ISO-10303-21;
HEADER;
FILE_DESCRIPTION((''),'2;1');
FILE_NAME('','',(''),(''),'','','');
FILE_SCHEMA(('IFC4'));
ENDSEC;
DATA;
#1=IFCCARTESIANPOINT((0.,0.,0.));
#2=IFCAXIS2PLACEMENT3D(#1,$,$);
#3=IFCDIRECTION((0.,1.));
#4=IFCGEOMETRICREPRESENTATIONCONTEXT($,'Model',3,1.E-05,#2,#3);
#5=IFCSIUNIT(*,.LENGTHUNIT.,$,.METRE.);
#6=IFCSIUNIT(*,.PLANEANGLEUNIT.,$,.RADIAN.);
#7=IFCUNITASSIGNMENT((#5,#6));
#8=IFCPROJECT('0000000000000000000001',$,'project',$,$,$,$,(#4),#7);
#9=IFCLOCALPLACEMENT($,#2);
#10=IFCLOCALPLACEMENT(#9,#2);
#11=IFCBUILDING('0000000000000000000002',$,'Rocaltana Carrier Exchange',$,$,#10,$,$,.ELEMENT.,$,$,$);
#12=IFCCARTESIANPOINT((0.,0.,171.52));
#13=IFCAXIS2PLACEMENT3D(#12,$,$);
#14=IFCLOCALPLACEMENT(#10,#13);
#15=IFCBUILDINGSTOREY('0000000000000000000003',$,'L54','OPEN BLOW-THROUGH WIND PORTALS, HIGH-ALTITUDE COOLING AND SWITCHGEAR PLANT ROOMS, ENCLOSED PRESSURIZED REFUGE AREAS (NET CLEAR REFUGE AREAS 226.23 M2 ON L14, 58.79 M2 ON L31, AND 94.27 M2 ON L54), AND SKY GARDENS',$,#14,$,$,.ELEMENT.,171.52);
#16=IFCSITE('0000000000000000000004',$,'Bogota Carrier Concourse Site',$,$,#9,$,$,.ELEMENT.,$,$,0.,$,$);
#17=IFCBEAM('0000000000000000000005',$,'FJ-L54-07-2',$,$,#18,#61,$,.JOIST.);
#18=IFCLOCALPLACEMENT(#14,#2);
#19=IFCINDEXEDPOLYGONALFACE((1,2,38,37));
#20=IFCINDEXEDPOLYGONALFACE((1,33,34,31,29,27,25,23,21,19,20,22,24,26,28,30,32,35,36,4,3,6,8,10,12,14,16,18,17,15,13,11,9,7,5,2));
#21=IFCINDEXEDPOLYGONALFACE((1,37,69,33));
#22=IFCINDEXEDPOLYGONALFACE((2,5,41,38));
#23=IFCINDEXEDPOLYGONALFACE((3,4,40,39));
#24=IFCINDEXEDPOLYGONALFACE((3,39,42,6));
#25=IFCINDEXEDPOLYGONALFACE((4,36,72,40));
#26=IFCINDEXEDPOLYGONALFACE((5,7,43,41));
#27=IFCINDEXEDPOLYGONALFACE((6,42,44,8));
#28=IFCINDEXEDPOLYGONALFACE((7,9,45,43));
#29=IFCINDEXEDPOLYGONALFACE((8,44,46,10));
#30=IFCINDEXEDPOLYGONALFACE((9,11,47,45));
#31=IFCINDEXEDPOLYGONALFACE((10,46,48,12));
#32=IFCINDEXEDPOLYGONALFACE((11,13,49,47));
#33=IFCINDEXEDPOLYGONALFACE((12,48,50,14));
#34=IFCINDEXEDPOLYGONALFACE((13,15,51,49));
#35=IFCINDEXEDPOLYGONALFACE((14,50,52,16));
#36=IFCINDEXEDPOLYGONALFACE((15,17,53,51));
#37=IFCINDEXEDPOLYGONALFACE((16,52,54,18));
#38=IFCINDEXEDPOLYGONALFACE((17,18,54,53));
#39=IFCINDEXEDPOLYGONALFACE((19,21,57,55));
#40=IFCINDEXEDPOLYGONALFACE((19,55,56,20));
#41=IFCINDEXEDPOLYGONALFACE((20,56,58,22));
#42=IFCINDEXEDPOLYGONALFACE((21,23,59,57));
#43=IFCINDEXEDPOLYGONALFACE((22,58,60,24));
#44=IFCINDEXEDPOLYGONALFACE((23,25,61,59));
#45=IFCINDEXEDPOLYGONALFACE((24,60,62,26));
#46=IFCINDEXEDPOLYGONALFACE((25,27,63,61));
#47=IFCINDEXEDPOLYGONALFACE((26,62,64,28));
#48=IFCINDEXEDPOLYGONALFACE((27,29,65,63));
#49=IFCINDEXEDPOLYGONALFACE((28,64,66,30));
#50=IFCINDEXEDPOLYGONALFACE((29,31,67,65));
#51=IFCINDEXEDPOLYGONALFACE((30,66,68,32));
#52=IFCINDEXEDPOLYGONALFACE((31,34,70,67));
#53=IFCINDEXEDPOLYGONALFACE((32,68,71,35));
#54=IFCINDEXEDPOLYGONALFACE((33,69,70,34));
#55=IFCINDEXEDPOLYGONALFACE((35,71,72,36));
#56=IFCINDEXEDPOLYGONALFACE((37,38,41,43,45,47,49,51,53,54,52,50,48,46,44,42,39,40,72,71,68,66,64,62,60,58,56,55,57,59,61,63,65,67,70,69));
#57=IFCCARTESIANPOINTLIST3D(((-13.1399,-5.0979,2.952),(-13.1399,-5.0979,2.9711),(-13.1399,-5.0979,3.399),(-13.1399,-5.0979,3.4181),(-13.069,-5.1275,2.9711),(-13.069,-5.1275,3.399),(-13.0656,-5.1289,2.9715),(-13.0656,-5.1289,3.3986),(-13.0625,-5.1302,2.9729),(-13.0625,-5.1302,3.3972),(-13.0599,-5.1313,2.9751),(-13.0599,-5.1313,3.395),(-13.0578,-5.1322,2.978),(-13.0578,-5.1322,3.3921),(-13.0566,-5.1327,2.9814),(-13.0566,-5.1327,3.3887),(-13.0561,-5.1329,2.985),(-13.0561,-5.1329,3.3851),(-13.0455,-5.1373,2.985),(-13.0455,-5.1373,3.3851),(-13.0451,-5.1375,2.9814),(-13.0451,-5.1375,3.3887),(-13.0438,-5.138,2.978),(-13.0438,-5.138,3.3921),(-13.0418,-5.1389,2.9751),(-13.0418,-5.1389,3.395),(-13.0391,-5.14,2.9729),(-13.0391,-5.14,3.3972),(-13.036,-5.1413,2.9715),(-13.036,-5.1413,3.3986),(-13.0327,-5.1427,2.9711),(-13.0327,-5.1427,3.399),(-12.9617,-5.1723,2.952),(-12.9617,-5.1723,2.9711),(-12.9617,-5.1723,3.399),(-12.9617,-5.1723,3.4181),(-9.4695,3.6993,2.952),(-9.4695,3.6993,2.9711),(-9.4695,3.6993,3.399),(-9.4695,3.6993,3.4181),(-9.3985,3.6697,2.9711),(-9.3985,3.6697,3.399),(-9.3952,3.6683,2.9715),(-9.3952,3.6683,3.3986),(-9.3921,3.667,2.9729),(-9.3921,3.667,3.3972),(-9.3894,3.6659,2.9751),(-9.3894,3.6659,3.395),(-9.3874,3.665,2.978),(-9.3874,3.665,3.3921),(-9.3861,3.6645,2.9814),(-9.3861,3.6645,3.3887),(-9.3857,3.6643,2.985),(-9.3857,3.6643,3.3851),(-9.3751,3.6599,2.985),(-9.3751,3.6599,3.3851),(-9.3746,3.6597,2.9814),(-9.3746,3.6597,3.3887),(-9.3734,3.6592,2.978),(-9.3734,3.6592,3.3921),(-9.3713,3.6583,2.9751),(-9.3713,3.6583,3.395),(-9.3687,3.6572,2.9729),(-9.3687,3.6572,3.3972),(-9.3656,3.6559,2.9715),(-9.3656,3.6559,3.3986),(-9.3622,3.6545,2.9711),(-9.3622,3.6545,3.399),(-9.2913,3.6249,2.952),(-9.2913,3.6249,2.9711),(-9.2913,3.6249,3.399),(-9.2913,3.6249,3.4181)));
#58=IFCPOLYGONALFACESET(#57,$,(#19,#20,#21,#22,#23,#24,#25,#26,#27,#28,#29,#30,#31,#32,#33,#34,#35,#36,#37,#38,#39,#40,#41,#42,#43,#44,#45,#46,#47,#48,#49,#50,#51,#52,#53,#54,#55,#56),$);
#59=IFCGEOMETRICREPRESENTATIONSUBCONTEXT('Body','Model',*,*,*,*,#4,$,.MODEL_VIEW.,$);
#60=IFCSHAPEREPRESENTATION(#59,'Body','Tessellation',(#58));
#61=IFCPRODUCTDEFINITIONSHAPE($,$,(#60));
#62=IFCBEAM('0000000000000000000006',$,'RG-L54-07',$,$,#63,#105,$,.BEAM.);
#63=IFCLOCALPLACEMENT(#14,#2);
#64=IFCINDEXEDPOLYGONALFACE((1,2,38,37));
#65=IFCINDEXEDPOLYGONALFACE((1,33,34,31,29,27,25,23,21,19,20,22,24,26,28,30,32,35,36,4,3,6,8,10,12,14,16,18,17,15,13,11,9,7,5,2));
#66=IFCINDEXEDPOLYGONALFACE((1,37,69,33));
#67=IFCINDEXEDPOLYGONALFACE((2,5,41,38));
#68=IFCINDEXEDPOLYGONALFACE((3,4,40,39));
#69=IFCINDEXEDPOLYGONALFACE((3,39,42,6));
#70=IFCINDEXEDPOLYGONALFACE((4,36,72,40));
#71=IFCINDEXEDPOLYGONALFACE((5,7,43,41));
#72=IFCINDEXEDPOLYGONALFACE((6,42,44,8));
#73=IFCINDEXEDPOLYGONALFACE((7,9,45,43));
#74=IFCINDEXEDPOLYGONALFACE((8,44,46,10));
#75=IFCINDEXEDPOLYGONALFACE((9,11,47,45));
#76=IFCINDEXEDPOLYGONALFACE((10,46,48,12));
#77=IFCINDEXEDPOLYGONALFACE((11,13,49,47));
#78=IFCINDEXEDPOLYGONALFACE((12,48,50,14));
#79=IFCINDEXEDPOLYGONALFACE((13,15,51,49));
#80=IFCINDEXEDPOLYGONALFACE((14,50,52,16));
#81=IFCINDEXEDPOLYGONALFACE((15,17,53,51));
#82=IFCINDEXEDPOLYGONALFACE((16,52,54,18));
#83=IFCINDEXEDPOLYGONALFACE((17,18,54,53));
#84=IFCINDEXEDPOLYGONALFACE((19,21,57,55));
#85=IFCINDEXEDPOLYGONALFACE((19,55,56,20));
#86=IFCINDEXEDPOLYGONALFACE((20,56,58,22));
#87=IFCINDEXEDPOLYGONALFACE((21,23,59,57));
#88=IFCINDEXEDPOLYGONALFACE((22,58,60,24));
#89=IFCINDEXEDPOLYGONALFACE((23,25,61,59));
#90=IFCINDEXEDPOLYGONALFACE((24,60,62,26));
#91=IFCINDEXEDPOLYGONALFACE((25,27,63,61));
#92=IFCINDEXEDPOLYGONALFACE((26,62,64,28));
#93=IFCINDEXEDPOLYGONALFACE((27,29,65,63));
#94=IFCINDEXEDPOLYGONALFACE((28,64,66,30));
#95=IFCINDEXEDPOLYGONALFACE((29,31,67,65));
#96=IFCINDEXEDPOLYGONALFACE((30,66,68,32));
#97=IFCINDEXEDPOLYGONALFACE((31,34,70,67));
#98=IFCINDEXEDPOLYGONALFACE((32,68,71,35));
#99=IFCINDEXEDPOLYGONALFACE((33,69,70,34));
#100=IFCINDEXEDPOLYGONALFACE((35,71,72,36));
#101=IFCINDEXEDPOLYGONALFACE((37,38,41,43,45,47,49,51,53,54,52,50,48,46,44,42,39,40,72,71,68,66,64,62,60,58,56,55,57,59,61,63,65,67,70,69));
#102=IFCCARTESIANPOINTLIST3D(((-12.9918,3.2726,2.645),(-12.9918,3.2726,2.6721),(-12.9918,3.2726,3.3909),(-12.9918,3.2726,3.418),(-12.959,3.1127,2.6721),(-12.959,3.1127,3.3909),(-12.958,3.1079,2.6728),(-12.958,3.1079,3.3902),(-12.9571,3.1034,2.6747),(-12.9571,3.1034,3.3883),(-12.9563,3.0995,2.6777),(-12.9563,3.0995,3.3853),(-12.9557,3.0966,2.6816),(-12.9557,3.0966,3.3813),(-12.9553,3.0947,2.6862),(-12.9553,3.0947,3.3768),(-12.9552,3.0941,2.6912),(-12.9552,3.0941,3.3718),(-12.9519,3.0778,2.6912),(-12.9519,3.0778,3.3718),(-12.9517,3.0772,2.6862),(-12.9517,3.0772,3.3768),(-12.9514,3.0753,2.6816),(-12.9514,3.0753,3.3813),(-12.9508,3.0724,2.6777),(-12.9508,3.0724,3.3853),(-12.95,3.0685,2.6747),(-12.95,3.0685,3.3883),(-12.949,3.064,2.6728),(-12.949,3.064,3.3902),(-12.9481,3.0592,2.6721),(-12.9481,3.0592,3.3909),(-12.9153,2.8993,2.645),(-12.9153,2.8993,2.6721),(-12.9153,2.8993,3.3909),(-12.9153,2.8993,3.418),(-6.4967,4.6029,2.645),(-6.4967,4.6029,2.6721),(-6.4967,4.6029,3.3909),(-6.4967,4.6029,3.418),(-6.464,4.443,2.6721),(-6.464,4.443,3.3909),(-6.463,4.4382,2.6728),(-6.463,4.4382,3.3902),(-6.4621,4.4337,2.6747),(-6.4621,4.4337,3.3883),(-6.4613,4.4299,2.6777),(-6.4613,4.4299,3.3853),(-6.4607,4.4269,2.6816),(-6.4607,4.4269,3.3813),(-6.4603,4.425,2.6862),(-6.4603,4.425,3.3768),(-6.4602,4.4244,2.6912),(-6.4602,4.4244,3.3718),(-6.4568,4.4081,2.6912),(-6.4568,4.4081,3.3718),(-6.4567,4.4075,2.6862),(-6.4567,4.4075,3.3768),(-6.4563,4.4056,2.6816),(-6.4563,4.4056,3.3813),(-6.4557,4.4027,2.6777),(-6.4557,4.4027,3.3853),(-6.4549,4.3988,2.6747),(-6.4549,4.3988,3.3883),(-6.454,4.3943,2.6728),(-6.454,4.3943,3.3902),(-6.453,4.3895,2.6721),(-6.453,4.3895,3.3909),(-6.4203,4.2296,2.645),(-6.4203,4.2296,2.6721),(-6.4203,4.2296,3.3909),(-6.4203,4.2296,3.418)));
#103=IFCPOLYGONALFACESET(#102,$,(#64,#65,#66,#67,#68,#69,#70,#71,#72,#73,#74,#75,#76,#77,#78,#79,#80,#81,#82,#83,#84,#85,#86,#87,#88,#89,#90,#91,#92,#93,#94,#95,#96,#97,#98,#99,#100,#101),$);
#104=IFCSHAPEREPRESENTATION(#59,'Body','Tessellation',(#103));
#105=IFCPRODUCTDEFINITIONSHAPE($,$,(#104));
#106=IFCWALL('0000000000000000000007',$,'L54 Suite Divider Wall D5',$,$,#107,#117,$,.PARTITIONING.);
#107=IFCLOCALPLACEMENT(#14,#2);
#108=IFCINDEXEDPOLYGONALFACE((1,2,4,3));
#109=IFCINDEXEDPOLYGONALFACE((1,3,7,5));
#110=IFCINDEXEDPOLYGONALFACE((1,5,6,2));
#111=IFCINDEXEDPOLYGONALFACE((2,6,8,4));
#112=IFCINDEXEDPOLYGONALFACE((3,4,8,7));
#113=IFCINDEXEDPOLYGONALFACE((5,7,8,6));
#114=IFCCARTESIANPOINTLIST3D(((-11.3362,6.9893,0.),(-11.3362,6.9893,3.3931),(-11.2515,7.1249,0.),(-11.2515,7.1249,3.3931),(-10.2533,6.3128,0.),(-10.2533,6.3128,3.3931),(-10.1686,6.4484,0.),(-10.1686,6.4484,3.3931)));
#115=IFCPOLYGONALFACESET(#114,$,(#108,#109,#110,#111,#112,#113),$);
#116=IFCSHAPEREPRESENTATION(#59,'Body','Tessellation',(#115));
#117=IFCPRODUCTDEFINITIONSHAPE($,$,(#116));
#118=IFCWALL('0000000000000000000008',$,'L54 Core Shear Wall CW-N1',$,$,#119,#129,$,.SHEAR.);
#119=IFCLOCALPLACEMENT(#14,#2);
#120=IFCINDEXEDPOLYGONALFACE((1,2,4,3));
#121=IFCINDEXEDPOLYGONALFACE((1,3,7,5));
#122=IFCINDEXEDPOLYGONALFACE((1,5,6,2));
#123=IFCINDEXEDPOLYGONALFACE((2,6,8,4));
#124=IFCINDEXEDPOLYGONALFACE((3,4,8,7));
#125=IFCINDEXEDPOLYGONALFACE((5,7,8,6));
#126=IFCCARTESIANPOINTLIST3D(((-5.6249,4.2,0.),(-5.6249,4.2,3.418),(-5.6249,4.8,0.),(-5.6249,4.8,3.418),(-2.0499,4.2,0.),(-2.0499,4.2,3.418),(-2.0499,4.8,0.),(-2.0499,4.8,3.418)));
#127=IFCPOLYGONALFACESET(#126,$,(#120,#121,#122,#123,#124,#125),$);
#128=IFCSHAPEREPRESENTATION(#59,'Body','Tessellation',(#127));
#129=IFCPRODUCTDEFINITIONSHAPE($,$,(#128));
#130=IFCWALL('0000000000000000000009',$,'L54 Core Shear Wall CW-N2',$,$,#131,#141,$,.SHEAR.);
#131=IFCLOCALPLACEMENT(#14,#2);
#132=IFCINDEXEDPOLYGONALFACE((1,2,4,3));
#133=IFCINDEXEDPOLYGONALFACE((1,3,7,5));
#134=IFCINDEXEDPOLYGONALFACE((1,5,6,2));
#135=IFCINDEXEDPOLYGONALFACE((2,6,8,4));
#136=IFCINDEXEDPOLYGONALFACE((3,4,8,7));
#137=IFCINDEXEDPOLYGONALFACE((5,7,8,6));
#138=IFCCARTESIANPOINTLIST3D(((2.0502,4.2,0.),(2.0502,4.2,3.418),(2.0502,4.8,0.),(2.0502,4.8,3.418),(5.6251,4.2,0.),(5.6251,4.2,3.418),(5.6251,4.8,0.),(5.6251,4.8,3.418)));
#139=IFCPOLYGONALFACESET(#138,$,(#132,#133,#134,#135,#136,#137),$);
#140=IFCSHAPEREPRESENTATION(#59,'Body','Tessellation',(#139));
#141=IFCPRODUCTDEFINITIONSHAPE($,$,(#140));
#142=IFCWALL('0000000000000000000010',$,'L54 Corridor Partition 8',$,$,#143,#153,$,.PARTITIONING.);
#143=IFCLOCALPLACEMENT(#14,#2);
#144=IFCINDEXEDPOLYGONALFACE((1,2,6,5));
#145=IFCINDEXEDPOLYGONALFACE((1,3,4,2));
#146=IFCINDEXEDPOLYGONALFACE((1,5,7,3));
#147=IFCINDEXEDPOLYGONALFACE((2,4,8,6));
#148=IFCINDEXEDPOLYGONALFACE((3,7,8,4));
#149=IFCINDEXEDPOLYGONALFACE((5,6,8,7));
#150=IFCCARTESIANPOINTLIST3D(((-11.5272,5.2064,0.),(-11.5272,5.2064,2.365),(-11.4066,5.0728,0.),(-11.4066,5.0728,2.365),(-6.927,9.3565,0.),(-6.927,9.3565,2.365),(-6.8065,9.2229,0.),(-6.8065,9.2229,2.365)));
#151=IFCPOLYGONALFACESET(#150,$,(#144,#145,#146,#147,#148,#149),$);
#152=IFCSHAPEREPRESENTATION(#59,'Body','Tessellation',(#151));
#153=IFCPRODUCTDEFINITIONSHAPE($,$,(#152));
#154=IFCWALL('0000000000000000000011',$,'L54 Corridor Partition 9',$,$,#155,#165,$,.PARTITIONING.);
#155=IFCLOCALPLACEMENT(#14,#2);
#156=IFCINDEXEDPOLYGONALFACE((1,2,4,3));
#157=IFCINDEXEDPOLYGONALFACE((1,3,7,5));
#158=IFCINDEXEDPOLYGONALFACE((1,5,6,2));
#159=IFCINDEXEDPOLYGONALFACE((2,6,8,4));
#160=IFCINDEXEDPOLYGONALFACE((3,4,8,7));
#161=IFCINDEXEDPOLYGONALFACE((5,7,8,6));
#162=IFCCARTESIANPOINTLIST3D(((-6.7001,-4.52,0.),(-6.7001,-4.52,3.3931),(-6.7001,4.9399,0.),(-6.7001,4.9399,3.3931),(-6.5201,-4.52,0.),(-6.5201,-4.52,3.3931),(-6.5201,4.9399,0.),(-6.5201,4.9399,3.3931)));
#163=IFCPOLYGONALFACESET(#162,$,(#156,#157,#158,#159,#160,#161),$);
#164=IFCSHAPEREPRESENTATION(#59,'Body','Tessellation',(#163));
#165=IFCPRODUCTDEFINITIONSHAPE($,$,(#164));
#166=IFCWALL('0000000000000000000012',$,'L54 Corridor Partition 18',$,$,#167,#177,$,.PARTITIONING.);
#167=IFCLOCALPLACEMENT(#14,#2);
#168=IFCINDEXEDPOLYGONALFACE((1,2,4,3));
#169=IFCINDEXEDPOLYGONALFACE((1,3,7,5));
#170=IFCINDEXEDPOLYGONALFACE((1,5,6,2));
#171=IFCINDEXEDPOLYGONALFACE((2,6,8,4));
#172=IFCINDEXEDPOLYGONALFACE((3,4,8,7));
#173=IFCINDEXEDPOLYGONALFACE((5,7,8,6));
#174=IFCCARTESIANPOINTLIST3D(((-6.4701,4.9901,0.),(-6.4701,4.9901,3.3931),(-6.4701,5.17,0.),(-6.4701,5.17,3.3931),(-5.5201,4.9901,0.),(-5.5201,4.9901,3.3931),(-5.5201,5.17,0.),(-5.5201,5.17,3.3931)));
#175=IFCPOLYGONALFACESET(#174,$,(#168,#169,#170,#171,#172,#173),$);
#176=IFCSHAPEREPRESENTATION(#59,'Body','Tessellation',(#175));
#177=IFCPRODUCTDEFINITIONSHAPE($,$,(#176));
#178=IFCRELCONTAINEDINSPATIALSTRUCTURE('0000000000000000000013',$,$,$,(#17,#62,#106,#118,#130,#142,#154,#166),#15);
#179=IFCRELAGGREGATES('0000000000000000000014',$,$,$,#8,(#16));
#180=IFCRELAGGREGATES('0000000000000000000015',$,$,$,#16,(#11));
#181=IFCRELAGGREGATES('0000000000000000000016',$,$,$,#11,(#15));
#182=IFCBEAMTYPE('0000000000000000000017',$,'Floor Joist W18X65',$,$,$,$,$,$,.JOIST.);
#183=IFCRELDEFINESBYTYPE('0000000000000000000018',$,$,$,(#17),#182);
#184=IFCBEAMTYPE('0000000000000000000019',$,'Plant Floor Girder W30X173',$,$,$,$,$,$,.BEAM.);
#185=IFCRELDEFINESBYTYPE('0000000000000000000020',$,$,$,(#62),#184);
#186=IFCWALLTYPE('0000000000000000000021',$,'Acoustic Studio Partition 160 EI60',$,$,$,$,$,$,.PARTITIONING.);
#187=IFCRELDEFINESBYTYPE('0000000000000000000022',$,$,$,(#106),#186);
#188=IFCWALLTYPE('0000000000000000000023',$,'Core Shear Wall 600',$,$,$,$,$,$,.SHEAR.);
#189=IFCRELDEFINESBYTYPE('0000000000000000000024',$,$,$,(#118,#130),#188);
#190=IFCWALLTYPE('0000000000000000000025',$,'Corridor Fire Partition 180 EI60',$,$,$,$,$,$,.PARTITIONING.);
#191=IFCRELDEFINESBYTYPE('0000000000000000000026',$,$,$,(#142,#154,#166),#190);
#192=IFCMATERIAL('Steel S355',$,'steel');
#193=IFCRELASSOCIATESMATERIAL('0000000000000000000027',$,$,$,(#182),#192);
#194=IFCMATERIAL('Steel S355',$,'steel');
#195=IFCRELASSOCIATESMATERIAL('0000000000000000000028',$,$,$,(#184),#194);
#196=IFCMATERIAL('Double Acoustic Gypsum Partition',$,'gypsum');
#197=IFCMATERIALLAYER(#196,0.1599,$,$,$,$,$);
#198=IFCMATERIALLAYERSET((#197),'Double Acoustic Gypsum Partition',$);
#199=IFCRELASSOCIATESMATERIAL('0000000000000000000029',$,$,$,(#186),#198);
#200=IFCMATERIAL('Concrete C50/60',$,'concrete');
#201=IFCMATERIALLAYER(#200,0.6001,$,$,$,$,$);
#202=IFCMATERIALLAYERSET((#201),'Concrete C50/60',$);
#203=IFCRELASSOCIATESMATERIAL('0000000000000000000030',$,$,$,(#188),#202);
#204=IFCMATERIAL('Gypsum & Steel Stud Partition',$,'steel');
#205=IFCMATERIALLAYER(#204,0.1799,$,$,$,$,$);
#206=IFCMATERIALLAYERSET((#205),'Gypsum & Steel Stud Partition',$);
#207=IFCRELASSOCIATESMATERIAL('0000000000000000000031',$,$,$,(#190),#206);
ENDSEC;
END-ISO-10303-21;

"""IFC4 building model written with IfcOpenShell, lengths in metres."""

from ifc_helpers import new_model, si_unit, direction, frame, frame_2d, origin, origin_2d, place, context, subcontext, project, spatial, rectangle, i_section, extrude, material, layer, layer_set, material_profile, profile_set, type_object, element, save


model = new_model("IFC4")

# Units and contexts
model_context = context("Model", 3, precision=1e-05, world=origin(), true_north=direction((0.0, 1.0)))
body_context = subcontext(model_context, "Body", "Model", "MODEL_VIEW")
ifc_project = project(units=[si_unit("LENGTHUNIT", "METRE"), si_unit("PLANEANGLEUNIT", "RADIAN")], contexts=[model_context])

# Site, building, storey
site_placement = place(None, origin())
site = spatial("IfcSite", under=ifc_project, at=site_placement, Name="Bogota Carrier Concourse Site", CompositionType="ELEMENT", RefElevation=0.0)
building_placement = place(site_placement, origin())
building = spatial("IfcBuilding", under=site, at=building_placement, Name="Rocaltana Carrier Exchange", CompositionType="ELEMENT")
storey_placement = place(building_placement, frame((0.0, 0.0, 171.52)))
storey = spatial("IfcBuildingStorey", under=building, at=storey_placement, Name="L54", Description="OPEN BLOW-THROUGH WIND PORTALS, HIGH-ALTITUDE COOLING AND SWITCHGEAR PLANT ROOMS, ENCLOSED PRESSURIZED REFUGE AREAS (NET CLEAR REFUGE AREAS 226.23 M2 ON L14, 58.79 M2 ON L31, AND 94.27 M2 ON L54), AND SKY GARDENS", CompositionType="ELEMENT", Elevation=171.52)

# Beams
ifc_material_1 = material(Name="Steel S355", Category="steel")
ifc_material_profile_1 = material_profile(ifc_material_1, i_section(OverallWidth=0.1931, OverallDepth=0.4661, WebThickness=0.0115, FlangeThickness=0.019, FilletRadius=0.0139, at=origin_2d()), Name="W18X65")
ifc_profile_set_1 = profile_set([ifc_material_profile_1], Name="Steel S355")
beam_type_1 = type_object("IfcBeamType", Name="Floor Joist W18X65", PredefinedType="JOIST", material=ifc_profile_set_1)
beam_1_placement = place(storey_placement, frame((-9.3804, 3.6621, 3.1851), z_axis=(-0.385057, -0.922893, 0.0), x_axis=(0.922893, -0.385057, 0.0)))
element("IfcBeam", 1, at=beam_1_placement, inside=storey, type_object=beam_type_1, Name="FJ-L54-07-2", PredefinedType="JOIST", context=body_context, shape_type="SweptSolid", body=[
    extrude(i_section(OverallWidth=0.1931, OverallDepth=0.4661, WebThickness=0.0115, FlangeThickness=0.019, FilletRadius=0.0139, at=origin_2d()), origin(), (0.0, 0.0, 1.0), 9.5322),
])
ifc_material_2 = material(Name="Steel S355", Category="steel")
ifc_material_profile_2 = material_profile(ifc_material_2, i_section(OverallWidth=0.3811, OverallDepth=0.7729, WebThickness=0.0166, FlangeThickness=0.0271, FilletRadius=0.019, at=origin_2d()), Name="W30X173")
ifc_profile_set_2 = profile_set([ifc_material_profile_2], Name="Steel S355")
beam_type_2 = type_object("IfcBeamType", Name="Plant Floor Girder W30X173", PredefinedType="BEAM", material=ifc_profile_set_2)
beam_2_placement = place(storey_placement, frame((-6.4585, 4.4163, 3.0315), z_axis=(-0.979662, -0.200653, 0.0), x_axis=(0.200653, -0.979662, 0.0)))
element("IfcBeam", 2, at=beam_2_placement, inside=storey, type_object=beam_type_2, Name="RG-L54-07", PredefinedType="BEAM", context=body_context, shape_type="SweptSolid", body=[
    extrude(i_section(OverallWidth=0.3811, OverallDepth=0.7729, WebThickness=0.0166, FlangeThickness=0.0271, FilletRadius=0.019, at=origin_2d()), origin(), (0.0, 0.0, 1.0), 6.6299),
])

# Walls
ifc_material_3 = material(Name="Double Acoustic Gypsum Partition", Category="gypsum")
ifc_layer_1 = layer(ifc_material_3, 0.1599)
ifc_layer_set_1 = layer_set([ifc_layer_1], Name="Double Acoustic Gypsum Partition")
wall_type_1 = type_object("IfcWallType", Name="Acoustic Studio Partition 160 EI60", PredefinedType="PARTITIONING", material=ifc_layer_set_1)
wall_1_placement = place(storey_placement, frame((-10.2109, 6.3806, 0.0), z_axis=(0.0, 0.0, 1.0), x_axis=(-0.848127, 0.529793, 0.0)))
element("IfcWall", 3, at=wall_1_placement, inside=storey, type_object=wall_type_1, Name="L54 Suite Divider Wall D5", PredefinedType="PARTITIONING", context=body_context, shape_type="SweptSolid", body=[
    extrude(rectangle(XDim=1.2769, YDim=0.1599, at=frame_2d((0.6384, 0.0))), origin(), (0.0, 0.0, 1.0), 3.3931),
])
ifc_material_4 = material(Name="Concrete C50/60", Category="concrete")
ifc_layer_2 = layer(ifc_material_4, 0.6001)
ifc_layer_set_2 = layer_set([ifc_layer_2], Name="Concrete C50/60")
wall_type_2 = type_object("IfcWallType", Name="Core Shear Wall 600", PredefinedType="SHEAR", material=ifc_layer_set_2)
for number, where, z_axis, x_axis, name in (
    (4, (-5.625, 4.5, 0.0), (0.0, 0.0, 1.0), (1.0, 0.0, 0.0), "L54 Core Shear Wall CW-N1"),
    (5, (2.05, 4.5, 0.0), (0.0, 0.0, 1.0), (1.0, 0.0, 0.0), "L54 Core Shear Wall CW-N2"),
):
    element("IfcWall", number, at=place(storey_placement, frame(where, z_axis=z_axis, x_axis=x_axis)), inside=storey, type_object=wall_type_2, Name=name, PredefinedType="SHEAR", context=body_context, shape_type="SweptSolid", body=[
        extrude(rectangle(XDim=3.575, YDim=0.6001, at=frame_2d((1.7876, 0.0))), origin(), (0.0, 0.0, 1.0), 3.418),
    ])
ifc_material_5 = material(Name="Gypsum & Steel Stud Partition", Category="steel")
ifc_layer_3 = layer(ifc_material_5, 0.1799)
ifc_layer_set_3 = layer_set([ifc_layer_3], Name="Gypsum & Steel Stud Partition")
wall_type_3 = type_object("IfcWallType", Name="Corridor Fire Partition 180 EI60", PredefinedType="PARTITIONING", material=ifc_layer_set_3)
wall_2_placement = place(storey_placement, frame((-11.4668, 5.1396, 0.0), z_axis=(0.0, 0.0, 1.0), x_axis=(0.742486, 0.669861, 0.0)))
element("IfcWall", 6, at=wall_2_placement, inside=storey, type_object=wall_type_3, Name="L54 Corridor Partition 8", PredefinedType="PARTITIONING", context=body_context, shape_type="SweptSolid", body=[
    extrude(rectangle(XDim=6.1956, YDim=0.1799, at=frame_2d((3.0977, 0.0))), origin(), (0.0, 0.0, 1.0), 2.365),
])
wall_3_placement = place(storey_placement, frame((-6.6101, 4.9399, 0.0), z_axis=(0.0, 0.0, 1.0), x_axis=(0.0, -1.0, 0.0)))
element("IfcWall", 7, at=wall_3_placement, inside=storey, type_object=wall_type_3, Name="L54 Corridor Partition 9", PredefinedType="PARTITIONING", context=body_context, shape_type="SweptSolid", body=[
    extrude(rectangle(XDim=9.46, YDim=0.1799, at=frame_2d((4.73, 0.0))), origin(), (0.0, 0.0, 1.0), 3.3931),
])
wall_4_placement = place(storey_placement, frame((-5.52, 5.0801, 0.0), z_axis=(0.0, 0.0, 1.0), x_axis=(-1.0, 0.0, 0.0)))
element("IfcWall", 8, at=wall_4_placement, inside=storey, type_object=wall_type_3, Name="L54 Corridor Partition 18", PredefinedType="PARTITIONING", context=body_context, shape_type="SweptSolid", body=[
    extrude(rectangle(XDim=0.95, YDim=0.1799, at=frame_2d((0.4751, 0.0))), origin(), (0.0, 0.0, 1.0), 3.3931),
])

save(model, "model.ifc")
